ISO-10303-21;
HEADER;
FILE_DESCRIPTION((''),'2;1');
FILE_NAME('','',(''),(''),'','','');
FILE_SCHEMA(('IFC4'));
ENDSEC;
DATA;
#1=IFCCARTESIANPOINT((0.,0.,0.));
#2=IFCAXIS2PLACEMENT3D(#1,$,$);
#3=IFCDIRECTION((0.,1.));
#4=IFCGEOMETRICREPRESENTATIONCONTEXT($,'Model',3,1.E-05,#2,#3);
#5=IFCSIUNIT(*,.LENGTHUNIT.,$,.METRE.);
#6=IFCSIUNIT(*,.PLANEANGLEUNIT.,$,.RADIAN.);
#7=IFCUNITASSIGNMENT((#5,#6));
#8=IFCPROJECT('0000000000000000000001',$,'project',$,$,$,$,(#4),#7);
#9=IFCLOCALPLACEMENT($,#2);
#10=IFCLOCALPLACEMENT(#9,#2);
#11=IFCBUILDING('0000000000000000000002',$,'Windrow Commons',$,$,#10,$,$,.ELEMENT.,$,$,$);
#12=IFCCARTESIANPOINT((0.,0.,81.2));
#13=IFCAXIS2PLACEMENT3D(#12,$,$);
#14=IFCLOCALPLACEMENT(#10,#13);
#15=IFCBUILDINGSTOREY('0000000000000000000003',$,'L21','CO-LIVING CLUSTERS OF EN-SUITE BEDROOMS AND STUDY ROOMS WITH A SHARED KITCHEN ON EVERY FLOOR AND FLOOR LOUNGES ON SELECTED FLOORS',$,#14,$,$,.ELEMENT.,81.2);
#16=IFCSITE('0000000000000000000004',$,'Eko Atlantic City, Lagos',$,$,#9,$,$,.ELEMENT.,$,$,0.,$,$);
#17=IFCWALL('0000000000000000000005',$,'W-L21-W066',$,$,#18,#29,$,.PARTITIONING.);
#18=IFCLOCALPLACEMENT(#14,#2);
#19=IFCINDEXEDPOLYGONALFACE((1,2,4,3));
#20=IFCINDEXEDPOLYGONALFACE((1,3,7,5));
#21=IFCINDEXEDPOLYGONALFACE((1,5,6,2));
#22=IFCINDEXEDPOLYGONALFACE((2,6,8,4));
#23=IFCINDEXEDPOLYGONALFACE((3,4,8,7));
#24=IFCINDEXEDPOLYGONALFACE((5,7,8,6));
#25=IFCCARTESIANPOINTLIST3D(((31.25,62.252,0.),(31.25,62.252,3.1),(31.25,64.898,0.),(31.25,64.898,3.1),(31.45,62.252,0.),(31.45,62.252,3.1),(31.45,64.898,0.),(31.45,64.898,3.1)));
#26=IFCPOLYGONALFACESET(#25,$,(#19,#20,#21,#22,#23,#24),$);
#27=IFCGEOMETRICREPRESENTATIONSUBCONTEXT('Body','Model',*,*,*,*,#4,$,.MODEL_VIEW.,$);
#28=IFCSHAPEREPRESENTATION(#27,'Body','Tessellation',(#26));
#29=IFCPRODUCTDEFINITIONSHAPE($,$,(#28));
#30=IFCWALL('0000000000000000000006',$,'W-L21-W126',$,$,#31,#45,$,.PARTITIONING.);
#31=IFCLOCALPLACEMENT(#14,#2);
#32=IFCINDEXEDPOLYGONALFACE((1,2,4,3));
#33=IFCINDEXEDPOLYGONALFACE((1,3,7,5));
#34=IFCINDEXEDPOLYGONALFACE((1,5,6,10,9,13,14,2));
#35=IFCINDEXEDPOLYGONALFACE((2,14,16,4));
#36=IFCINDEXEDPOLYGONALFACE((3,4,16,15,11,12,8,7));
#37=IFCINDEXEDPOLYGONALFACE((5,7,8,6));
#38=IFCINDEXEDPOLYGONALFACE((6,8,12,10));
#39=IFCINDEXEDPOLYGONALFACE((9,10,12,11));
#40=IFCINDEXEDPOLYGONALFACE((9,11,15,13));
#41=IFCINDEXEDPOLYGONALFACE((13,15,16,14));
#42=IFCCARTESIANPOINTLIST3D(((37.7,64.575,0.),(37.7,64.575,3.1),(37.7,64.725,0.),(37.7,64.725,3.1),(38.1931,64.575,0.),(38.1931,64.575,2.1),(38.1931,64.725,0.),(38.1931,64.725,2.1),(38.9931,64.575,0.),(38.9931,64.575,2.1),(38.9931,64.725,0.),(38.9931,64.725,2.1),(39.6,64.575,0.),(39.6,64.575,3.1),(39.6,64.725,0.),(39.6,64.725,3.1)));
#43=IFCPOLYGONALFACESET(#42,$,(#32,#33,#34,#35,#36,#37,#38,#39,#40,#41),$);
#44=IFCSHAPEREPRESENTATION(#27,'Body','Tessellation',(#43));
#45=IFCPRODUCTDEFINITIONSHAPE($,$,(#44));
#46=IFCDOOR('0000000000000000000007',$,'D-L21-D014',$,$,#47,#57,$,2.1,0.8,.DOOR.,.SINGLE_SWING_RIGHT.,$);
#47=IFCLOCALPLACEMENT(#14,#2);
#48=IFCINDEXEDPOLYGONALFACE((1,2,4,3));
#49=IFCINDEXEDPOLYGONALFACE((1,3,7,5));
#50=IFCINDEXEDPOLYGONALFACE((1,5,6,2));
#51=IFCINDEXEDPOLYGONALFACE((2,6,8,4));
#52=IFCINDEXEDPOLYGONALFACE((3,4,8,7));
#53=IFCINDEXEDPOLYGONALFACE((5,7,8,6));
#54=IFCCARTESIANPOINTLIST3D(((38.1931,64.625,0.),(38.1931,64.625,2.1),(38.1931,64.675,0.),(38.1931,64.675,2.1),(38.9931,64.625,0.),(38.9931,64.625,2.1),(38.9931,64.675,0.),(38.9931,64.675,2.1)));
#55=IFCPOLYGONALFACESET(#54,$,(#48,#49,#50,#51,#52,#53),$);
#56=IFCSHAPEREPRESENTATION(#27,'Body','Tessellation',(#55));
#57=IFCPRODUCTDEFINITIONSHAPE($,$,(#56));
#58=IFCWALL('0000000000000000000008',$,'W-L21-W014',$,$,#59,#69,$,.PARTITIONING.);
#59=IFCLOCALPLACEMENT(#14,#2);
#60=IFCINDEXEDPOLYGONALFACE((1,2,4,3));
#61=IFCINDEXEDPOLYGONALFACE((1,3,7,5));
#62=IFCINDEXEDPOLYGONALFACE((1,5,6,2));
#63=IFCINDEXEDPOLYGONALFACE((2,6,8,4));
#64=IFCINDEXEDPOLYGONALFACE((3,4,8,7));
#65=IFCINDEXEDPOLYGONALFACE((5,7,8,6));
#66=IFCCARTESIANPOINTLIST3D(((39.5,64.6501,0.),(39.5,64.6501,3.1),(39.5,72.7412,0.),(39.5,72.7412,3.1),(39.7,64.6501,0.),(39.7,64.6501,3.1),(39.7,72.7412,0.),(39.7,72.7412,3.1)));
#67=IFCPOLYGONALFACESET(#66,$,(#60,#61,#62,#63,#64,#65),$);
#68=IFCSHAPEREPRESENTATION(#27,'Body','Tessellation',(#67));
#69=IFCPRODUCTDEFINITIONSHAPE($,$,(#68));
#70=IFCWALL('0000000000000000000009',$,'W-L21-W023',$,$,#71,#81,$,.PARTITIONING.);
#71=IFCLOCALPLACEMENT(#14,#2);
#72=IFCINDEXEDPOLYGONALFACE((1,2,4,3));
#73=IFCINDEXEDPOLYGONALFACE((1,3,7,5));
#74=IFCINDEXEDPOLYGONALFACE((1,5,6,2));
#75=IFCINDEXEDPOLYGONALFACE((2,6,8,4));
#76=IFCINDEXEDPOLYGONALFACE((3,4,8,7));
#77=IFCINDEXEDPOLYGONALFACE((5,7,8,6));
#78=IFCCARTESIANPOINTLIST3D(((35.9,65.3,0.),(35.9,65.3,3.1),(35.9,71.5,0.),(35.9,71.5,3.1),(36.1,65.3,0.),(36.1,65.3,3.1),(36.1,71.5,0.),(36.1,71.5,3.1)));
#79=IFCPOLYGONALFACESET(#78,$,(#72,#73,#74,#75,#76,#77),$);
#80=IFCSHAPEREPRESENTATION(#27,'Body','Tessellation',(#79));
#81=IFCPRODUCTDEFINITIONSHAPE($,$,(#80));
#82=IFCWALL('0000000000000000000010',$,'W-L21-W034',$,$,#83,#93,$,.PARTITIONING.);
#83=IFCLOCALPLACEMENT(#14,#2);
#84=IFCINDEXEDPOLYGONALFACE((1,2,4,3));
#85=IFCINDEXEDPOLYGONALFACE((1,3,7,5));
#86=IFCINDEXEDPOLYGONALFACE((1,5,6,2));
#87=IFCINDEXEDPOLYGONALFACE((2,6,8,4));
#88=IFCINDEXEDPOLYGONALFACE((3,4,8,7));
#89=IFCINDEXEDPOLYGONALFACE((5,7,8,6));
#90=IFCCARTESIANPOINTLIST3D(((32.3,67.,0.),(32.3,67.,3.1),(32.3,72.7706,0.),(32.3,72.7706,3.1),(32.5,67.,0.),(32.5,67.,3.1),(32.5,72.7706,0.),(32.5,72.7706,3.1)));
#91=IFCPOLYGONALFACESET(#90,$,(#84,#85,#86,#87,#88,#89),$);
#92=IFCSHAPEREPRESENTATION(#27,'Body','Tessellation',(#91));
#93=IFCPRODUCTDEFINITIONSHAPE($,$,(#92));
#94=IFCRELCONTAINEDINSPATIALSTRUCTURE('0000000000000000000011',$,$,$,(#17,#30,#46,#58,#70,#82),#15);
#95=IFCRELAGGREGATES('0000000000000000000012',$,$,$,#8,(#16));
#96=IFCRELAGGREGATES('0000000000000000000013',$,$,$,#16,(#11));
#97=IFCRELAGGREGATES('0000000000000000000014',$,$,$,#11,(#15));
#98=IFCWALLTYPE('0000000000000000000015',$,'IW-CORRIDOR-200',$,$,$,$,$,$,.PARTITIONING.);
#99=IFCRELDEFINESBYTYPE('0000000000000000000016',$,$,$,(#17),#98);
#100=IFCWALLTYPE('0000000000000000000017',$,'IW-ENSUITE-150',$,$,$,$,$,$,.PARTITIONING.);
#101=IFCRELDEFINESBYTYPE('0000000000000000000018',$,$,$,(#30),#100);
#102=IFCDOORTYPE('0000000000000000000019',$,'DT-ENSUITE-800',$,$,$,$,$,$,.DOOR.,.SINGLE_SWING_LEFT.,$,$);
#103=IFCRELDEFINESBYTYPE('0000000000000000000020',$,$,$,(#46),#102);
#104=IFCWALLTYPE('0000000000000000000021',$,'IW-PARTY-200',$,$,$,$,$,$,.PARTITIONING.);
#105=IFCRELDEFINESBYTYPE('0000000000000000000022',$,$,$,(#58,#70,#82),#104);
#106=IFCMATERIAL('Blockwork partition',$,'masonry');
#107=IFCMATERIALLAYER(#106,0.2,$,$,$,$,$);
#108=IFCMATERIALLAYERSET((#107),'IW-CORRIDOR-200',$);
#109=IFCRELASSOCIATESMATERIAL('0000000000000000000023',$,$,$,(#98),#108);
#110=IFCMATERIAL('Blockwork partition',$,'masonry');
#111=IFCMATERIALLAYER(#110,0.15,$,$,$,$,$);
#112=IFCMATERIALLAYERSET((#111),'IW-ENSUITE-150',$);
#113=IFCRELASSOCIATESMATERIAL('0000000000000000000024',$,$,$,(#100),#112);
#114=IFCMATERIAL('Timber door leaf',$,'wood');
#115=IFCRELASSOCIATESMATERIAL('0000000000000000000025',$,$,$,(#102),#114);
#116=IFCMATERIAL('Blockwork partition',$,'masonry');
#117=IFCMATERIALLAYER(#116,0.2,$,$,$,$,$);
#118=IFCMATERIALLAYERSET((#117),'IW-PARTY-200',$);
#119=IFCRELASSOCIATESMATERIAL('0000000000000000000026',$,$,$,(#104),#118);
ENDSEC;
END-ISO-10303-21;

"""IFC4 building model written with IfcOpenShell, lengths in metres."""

from ifc_helpers import new_model, si_unit, direction, frame, frame_2d, origin, place, context, subcontext, project, spatial, rectangle, extrude, material, layer, layer_set, type_object, element, fill, save


model = new_model("IFC4")

# Units and contexts
model_context = context("Model", 3, precision=1e-05, world=origin(), true_north=direction((0.0, 1.0)))
body_context = subcontext(model_context, "Body", "Model", "MODEL_VIEW")
ifc_project = project(units=[si_unit("LENGTHUNIT", "METRE"), si_unit("PLANEANGLEUNIT", "RADIAN")], contexts=[model_context])

# Site, building, storey
site_placement = place(None, origin())
site = spatial("IfcSite", under=ifc_project, at=site_placement, Name="Eko Atlantic City, Lagos", CompositionType="ELEMENT", RefElevation=0.0)
building_placement = place(site_placement, origin())
building = spatial("IfcBuilding", under=site, at=building_placement, Name="Windrow Commons", CompositionType="ELEMENT")
storey_placement = place(building_placement, frame((0.0, 0.0, 81.2)))
storey = spatial("IfcBuildingStorey", under=building, at=storey_placement, Name="L21", Description="CO-LIVING CLUSTERS OF EN-SUITE BEDROOMS AND STUDY ROOMS WITH A SHARED KITCHEN ON EVERY FLOOR AND FLOOR LOUNGES ON SELECTED FLOORS", CompositionType="ELEMENT", Elevation=81.2)

# Wall
ifc_material_1 = material(Name="Blockwork partition", Category="masonry")
ifc_layer_1 = layer(ifc_material_1, 0.2)
ifc_layer_set_1 = layer_set([ifc_layer_1], Name="IW-CORRIDOR-200")
wall_type_1 = type_object("IfcWallType", Name="IW-CORRIDOR-200", PredefinedType="PARTITIONING", material=ifc_layer_set_1)
wall_1_placement = place(storey_placement, frame((31.35, 62.252, 0.0), z_axis=(0.0, 0.0, 1.0), x_axis=(0.0, 1.0, 0.0)))
element("IfcWall", 1, at=wall_1_placement, inside=storey, type_object=wall_type_1, Name="W-L21-W066", PredefinedType="PARTITIONING", context=body_context, shape_type="SweptSolid", body=[
    extrude(rectangle(XDim=2.646, YDim=0.2, at=frame_2d((1.323, 0.0))), origin(), (0.0, 0.0, 1.0), 3.1),
])

# Wall, opening, door
ifc_material_2 = material(Name="Blockwork partition", Category="masonry")
ifc_layer_2 = layer(ifc_material_2, 0.15)
ifc_layer_set_2 = layer_set([ifc_layer_2], Name="IW-ENSUITE-150")
wall_type_2 = type_object("IfcWallType", Name="IW-ENSUITE-150", PredefinedType="PARTITIONING", material=ifc_layer_set_2)
wall_2_placement = place(storey_placement, frame((37.7, 64.65, 0.0), z_axis=(0.0, 0.0, 1.0), x_axis=(1.0, 0.0, 0.0)))
wall_2 = element("IfcWall", 2, at=wall_2_placement, inside=storey, type_object=wall_type_2, Name="W-L21-W126", PredefinedType="PARTITIONING", context=body_context, shape_type="SweptSolid", body=[
    extrude(rectangle(XDim=1.9, YDim=0.15, at=frame_2d((0.95, 0.0))), origin(), (0.0, 0.0, 1.0), 3.1),
])
opening_1_placement = place(wall_2_placement, frame((0.4931, 0.0, 0.0)))
opening_1 = element("IfcOpeningElement", 3, at=opening_1_placement, cuts=wall_2, PredefinedType="OPENING", context=body_context, shape_type="SweptSolid", body=[
    extrude(rectangle(XDim=0.8, YDim=2.1, at=frame_2d((0.4, 1.05))), frame((0.0, 0.085, 0.0), z_axis=(0.0, -1.0, 0.0), x_axis=(1.0, 0.0, 0.0)), (0.0, 0.0, 1.0), 0.17),
])
ifc_material_3 = material(Name="Timber door leaf", Category="wood")
door_type = type_object("IfcDoorType", Name="DT-ENSUITE-800", OperationType="SINGLE_SWING_LEFT", PredefinedType="DOOR", material=ifc_material_3)
door_placement = place(opening_1_placement, origin())
door = element("IfcDoor", 4, at=door_placement, inside=storey, type_object=door_type, Name="D-L21-D014", OperationType="SINGLE_SWING_RIGHT", OverallHeight=2.1, OverallWidth=0.8, PredefinedType="DOOR", context=body_context, shape_type="SweptSolid", body=[
    extrude(rectangle(XDim=0.8, YDim=2.1, at=frame_2d((0.4, 1.05))), frame((0.0, 0.025, 0.0), z_axis=(0.0, -1.0, 0.0), x_axis=(1.0, 0.0, 0.0)), (0.0, 0.0, 1.0), 0.05),
])
fill(opening_1, door)

# Walls
ifc_material_4 = material(Name="Blockwork partition", Category="masonry")
ifc_layer_3 = layer(ifc_material_4, 0.2)
ifc_layer_set_3 = layer_set([ifc_layer_3], Name="IW-PARTY-200")
wall_type_3 = type_object("IfcWallType", Name="IW-PARTY-200", PredefinedType="PARTITIONING", material=ifc_layer_set_3)
wall_3_placement = place(storey_placement, frame((39.6, 64.65, 0.0), z_axis=(0.0, 0.0, 1.0), x_axis=(0.0, 1.0, 0.0)))
element("IfcWall", 5, at=wall_3_placement, inside=storey, type_object=wall_type_3, Name="W-L21-W014", PredefinedType="PARTITIONING", context=body_context, shape_type="SweptSolid", body=[
    extrude(rectangle(XDim=8.0911, YDim=0.2, at=frame_2d((4.0456, 0.0))), origin(), (0.0, 0.0, 1.0), 3.1),
])
wall_4_placement = place(storey_placement, frame((36.0, 65.3, 0.0), z_axis=(0.0, 0.0, 1.0), x_axis=(0.0, 1.0, 0.0)))
element("IfcWall", 6, at=wall_4_placement, inside=storey, type_object=wall_type_3, Name="W-L21-W023", PredefinedType="PARTITIONING", context=body_context, shape_type="SweptSolid", body=[
    extrude(rectangle(XDim=6.2, YDim=0.2, at=frame_2d((3.1, 0.0))), origin(), (0.0, 0.0, 1.0), 3.1),
])
wall_5_placement = place(storey_placement, frame((32.4, 67.0, 0.0), z_axis=(0.0, 0.0, 1.0), x_axis=(0.0, 1.0, 0.0)))
element("IfcWall", 7, at=wall_5_placement, inside=storey, type_object=wall_type_3, Name="W-L21-W034", PredefinedType="PARTITIONING", context=body_context, shape_type="SweptSolid", body=[
    extrude(rectangle(XDim=5.7706, YDim=0.2, at=frame_2d((2.8853, 0.0))), origin(), (0.0, 0.0, 1.0), 3.1),
])

save(model, "model.ifc")
